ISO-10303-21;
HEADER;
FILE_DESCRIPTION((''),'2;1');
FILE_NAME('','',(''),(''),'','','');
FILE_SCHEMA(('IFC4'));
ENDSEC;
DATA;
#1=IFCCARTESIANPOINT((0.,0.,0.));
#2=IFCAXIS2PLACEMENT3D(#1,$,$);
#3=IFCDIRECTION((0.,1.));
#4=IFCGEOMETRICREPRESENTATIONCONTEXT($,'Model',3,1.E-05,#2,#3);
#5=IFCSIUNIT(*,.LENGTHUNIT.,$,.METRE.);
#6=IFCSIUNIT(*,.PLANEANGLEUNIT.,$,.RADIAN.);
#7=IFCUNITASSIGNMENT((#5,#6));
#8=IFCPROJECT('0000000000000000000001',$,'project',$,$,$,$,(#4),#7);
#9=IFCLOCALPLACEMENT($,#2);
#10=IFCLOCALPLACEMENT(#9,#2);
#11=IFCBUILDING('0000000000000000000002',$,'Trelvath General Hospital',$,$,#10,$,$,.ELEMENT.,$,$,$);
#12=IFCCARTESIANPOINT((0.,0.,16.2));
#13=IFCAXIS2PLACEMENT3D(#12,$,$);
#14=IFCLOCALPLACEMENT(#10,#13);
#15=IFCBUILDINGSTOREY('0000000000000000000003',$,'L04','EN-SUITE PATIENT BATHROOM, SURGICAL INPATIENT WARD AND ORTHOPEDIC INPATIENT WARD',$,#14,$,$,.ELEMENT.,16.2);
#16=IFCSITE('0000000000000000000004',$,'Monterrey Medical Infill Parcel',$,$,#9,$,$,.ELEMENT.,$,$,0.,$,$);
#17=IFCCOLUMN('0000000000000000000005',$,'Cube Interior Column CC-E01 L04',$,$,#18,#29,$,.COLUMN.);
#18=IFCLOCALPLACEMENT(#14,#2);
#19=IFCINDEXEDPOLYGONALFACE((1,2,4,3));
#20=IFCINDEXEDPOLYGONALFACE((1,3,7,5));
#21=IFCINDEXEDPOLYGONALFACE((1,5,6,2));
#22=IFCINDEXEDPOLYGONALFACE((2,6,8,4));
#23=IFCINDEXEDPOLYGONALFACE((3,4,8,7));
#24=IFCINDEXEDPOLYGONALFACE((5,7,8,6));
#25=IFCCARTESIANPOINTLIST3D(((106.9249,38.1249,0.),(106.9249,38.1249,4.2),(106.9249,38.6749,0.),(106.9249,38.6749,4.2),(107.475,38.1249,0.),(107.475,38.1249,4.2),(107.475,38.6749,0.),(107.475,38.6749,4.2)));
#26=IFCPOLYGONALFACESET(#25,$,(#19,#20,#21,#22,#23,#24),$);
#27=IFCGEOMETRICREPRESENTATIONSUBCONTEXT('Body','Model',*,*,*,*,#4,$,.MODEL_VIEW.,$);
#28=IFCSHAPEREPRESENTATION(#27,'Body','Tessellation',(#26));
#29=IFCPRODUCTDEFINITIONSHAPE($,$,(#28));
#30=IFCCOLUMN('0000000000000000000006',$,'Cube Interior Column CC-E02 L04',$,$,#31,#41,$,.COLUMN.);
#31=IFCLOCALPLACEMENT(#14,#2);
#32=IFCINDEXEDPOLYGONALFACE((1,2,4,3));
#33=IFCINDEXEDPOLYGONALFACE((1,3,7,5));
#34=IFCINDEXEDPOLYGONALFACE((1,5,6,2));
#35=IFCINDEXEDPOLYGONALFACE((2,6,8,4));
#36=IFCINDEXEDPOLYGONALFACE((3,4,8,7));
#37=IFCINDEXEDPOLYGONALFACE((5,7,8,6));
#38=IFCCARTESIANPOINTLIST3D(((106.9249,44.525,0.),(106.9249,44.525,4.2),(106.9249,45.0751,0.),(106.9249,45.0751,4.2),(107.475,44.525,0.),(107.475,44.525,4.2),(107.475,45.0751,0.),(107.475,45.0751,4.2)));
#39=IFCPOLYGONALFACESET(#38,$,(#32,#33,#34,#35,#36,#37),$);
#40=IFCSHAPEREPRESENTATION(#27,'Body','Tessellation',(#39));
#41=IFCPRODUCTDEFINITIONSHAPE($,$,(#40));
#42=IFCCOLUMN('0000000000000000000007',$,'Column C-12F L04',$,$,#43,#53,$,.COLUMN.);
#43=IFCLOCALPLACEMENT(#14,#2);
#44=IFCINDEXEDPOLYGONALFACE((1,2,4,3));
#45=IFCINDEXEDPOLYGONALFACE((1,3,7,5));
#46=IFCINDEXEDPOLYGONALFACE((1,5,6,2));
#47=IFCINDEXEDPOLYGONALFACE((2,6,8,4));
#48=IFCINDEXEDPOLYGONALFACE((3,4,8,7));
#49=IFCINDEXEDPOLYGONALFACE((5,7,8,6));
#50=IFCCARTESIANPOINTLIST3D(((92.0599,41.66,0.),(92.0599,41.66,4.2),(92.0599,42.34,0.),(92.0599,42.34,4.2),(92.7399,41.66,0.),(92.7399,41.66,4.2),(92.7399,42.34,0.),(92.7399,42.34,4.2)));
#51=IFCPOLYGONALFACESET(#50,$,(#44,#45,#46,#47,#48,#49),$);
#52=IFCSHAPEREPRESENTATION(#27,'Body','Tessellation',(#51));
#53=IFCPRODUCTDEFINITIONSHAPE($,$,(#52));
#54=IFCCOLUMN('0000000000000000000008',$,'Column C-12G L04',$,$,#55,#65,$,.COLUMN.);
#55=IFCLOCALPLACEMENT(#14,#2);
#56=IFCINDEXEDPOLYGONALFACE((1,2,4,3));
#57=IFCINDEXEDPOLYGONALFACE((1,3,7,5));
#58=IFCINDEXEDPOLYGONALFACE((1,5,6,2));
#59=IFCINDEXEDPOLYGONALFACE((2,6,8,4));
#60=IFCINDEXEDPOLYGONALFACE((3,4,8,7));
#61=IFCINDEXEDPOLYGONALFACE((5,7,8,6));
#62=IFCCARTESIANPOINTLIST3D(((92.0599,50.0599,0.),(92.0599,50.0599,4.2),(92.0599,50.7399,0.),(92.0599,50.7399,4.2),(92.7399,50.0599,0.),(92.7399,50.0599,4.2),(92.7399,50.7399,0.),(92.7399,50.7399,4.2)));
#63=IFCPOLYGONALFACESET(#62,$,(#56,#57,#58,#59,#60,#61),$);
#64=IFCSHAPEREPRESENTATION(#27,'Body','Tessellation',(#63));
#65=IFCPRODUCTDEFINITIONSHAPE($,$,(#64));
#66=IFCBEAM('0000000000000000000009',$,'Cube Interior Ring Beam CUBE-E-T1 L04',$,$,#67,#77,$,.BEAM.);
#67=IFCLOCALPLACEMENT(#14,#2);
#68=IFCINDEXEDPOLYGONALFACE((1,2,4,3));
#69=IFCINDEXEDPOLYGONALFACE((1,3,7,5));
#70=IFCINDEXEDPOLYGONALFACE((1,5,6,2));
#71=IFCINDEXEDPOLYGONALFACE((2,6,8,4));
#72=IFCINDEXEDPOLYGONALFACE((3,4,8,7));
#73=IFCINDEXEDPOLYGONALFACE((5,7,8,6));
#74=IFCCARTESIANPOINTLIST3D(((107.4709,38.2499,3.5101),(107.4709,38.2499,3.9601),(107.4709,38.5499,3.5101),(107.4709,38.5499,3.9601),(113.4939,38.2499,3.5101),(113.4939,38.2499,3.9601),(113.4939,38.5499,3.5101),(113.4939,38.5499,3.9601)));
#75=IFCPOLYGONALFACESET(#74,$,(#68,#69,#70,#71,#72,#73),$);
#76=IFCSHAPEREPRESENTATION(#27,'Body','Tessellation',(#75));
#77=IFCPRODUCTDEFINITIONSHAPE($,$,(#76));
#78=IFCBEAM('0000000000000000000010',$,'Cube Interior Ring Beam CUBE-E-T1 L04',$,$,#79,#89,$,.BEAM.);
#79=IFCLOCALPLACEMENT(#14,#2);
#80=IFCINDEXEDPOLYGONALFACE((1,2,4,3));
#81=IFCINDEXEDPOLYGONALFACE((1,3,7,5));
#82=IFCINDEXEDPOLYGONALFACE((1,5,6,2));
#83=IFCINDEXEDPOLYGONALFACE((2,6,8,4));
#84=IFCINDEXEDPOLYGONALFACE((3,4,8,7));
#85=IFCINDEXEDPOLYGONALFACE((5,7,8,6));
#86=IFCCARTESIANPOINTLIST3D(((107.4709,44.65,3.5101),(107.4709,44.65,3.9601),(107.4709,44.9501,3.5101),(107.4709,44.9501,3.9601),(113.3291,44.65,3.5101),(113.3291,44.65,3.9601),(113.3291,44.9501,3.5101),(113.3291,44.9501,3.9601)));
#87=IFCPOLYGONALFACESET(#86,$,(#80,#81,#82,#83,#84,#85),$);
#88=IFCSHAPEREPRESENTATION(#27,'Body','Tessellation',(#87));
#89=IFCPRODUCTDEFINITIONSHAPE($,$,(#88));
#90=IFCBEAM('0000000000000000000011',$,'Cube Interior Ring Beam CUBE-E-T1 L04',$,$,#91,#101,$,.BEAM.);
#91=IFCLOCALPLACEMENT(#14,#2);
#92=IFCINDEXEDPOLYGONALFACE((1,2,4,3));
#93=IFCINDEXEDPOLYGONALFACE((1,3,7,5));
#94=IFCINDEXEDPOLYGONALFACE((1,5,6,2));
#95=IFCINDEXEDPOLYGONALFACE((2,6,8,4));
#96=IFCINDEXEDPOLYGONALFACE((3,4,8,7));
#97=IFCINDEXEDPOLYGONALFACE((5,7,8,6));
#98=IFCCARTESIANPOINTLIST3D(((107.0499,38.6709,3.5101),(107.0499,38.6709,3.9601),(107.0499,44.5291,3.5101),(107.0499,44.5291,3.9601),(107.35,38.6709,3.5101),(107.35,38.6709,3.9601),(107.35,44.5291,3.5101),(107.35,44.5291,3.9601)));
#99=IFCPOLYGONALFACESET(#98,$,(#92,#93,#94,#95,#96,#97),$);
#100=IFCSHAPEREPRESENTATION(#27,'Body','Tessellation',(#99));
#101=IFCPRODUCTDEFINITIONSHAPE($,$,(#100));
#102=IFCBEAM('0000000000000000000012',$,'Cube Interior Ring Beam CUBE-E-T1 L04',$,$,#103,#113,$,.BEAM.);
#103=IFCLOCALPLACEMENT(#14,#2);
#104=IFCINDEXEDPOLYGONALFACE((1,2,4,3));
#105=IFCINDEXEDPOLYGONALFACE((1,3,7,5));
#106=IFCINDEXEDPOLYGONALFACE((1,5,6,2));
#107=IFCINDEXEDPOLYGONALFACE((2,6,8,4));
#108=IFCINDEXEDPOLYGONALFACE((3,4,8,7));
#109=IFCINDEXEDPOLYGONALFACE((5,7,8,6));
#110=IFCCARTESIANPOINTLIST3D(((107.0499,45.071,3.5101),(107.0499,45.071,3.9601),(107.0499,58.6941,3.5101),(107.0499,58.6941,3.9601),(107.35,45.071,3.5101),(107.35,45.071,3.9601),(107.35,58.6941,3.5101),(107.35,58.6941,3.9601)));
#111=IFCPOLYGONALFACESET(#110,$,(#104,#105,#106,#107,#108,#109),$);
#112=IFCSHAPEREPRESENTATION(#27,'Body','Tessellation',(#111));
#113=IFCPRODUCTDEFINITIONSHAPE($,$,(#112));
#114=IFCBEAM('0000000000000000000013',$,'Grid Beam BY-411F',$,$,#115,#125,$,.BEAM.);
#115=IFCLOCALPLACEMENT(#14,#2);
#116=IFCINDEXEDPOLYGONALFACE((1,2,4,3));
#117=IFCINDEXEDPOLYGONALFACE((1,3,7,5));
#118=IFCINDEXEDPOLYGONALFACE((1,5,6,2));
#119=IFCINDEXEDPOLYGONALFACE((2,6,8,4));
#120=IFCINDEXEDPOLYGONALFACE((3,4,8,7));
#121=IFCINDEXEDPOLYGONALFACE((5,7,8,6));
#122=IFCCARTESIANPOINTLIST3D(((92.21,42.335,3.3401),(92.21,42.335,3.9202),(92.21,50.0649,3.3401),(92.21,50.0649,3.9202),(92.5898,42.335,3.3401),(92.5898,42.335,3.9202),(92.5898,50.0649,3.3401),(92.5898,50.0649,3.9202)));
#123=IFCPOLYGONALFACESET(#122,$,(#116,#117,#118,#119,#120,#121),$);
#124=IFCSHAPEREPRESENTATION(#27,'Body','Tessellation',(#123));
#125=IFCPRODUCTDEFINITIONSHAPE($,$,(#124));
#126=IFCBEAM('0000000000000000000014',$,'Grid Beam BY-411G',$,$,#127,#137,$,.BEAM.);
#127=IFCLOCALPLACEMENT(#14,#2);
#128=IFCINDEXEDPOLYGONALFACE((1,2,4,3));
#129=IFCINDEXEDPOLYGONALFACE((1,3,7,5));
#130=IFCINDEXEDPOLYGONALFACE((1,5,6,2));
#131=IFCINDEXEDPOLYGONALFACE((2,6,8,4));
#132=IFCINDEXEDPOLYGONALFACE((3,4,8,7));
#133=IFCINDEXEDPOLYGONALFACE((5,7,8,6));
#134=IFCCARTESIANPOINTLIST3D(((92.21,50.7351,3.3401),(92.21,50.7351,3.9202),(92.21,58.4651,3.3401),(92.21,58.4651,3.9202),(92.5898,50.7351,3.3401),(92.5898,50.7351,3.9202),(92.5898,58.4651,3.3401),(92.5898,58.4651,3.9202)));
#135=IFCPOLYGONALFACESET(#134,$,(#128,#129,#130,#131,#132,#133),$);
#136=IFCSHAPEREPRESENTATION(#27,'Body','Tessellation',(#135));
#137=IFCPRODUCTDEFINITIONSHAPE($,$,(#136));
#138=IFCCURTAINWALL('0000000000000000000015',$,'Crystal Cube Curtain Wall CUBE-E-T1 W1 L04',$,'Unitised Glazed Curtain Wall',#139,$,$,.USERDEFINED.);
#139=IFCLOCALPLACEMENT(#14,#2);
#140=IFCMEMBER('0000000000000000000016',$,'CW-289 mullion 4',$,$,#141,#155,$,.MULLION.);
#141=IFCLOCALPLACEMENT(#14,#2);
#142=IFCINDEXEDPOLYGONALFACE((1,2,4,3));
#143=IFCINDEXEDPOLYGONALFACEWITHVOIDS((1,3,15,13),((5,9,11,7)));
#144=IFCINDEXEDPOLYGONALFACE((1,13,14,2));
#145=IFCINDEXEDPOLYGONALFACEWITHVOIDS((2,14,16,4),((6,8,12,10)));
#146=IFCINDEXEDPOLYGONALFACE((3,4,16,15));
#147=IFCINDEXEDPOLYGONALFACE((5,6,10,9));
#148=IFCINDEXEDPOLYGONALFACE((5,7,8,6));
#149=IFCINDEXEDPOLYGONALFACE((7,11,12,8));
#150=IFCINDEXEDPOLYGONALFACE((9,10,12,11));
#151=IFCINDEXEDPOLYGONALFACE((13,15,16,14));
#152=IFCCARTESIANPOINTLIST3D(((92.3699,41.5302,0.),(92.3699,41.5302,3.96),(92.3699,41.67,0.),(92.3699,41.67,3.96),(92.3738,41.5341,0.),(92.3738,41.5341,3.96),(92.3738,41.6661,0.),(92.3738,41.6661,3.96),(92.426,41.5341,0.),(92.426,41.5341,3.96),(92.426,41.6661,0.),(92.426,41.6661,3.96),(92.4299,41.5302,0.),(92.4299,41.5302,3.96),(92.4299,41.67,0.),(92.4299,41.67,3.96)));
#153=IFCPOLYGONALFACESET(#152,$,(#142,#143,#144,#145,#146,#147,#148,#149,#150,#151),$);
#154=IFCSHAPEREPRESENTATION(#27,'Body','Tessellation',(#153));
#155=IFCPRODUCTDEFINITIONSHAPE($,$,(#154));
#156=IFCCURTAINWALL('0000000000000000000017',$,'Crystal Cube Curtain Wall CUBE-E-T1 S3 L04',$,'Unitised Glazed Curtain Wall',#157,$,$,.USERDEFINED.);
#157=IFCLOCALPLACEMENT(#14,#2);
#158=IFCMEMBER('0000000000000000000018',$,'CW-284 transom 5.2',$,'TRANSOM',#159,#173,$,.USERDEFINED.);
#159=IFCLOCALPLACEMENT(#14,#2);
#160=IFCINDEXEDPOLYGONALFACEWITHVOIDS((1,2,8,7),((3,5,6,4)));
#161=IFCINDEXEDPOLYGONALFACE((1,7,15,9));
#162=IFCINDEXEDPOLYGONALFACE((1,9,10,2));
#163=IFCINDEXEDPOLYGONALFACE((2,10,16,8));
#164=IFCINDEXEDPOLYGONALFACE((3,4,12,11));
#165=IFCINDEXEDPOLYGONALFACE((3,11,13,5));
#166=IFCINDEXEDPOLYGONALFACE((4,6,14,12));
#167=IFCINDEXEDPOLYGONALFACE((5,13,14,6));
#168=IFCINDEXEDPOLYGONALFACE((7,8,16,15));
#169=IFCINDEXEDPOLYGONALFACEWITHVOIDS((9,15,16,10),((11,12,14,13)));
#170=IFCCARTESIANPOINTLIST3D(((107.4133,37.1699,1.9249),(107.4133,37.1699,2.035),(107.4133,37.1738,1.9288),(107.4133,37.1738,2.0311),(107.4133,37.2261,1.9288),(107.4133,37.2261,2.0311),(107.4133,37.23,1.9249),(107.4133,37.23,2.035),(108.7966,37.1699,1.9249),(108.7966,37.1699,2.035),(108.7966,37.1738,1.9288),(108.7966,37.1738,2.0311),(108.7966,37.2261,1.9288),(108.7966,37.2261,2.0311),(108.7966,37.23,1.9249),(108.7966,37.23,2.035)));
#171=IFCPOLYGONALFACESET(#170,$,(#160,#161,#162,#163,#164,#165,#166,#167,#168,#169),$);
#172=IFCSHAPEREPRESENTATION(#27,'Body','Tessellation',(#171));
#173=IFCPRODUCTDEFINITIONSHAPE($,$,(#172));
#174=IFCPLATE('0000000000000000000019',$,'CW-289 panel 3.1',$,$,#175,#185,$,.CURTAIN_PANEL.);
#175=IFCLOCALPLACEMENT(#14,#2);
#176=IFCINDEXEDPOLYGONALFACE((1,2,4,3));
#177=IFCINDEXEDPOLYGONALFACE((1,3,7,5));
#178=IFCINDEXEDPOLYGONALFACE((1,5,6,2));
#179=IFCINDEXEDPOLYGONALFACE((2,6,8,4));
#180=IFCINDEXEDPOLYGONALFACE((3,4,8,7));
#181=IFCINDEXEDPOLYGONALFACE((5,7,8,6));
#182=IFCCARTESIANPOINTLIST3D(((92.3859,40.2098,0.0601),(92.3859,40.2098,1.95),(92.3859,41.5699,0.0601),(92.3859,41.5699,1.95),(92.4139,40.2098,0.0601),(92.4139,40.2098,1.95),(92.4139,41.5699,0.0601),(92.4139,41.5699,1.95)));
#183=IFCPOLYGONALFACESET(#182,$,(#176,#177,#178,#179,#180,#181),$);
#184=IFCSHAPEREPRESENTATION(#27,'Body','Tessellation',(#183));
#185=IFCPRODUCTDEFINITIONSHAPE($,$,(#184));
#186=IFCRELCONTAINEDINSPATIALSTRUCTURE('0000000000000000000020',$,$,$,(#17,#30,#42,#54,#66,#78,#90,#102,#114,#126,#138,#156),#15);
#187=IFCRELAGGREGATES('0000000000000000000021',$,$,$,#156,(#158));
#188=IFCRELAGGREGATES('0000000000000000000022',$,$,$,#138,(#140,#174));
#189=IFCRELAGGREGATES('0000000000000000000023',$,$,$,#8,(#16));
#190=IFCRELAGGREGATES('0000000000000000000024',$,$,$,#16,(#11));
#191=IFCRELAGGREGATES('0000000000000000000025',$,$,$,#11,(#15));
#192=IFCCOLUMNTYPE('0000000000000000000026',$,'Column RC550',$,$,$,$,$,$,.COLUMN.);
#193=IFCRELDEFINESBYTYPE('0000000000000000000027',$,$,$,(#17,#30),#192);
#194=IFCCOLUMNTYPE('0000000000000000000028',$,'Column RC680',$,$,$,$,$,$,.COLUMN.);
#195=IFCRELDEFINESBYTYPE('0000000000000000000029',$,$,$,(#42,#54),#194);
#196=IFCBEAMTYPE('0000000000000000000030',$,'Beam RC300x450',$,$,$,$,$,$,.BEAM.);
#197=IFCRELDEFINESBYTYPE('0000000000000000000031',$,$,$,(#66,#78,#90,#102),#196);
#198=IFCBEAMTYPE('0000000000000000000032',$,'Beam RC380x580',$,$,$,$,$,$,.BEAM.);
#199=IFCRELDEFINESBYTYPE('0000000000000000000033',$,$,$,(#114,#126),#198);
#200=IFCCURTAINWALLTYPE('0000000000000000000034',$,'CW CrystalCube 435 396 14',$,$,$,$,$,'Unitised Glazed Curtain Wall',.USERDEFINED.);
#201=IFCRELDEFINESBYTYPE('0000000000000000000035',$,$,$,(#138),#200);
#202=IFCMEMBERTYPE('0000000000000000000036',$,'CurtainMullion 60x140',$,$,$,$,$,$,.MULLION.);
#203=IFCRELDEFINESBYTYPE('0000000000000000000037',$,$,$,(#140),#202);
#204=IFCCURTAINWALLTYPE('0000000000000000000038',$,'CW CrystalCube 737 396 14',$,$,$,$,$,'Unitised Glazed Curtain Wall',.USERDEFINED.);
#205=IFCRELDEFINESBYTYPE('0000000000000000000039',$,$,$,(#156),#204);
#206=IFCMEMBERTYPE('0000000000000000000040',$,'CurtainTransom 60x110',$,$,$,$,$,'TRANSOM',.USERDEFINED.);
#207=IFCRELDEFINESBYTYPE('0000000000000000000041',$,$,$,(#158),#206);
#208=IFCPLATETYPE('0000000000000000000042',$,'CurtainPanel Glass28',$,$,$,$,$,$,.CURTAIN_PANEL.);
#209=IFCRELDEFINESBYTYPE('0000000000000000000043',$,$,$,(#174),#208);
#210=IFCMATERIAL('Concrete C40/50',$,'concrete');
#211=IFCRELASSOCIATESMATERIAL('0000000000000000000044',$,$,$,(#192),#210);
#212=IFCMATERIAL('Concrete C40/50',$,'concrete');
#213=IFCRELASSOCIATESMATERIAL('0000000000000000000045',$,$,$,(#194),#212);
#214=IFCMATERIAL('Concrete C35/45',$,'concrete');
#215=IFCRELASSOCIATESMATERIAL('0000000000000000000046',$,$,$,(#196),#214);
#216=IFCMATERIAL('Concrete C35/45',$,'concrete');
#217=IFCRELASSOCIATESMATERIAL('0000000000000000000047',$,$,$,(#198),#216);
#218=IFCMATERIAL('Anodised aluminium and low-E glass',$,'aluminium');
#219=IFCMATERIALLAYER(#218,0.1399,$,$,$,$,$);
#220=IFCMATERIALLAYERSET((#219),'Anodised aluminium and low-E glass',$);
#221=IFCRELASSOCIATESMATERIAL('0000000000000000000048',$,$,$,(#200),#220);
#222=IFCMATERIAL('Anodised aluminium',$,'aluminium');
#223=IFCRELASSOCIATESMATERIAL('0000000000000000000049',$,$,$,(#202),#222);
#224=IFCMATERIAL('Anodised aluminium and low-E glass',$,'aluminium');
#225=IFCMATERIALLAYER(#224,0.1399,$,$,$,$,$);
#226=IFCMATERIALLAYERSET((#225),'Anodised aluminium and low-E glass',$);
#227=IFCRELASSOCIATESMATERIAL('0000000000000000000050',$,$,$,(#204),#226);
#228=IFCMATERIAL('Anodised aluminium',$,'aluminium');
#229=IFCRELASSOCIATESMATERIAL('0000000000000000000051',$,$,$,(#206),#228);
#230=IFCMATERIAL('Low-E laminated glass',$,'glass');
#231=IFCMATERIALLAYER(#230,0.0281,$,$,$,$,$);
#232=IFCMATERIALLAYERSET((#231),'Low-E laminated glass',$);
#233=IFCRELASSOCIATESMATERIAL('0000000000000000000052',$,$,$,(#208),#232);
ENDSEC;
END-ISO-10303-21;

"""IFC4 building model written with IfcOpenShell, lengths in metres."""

from ifc_helpers import new_model, si_unit, direction, frame, origin, origin_2d, place, context, subcontext, project, spatial, rectangle, hollow_rectangle, extrude, material, layer, layer_set, material_profile, profile_set, type_object, element, aggregate, save


model = new_model("IFC4")

# Units and contexts
model_context = context("Model", 3, precision=1e-05, world=origin(), true_north=direction((0.0, 1.0)))
body_context = subcontext(model_context, "Body", "Model", "MODEL_VIEW")
ifc_project = project(units=[si_unit("LENGTHUNIT", "METRE"), si_unit("PLANEANGLEUNIT", "RADIAN")], contexts=[model_context])

# Site, building, storey
site_placement = place(None, origin())
site = spatial("IfcSite", under=ifc_project, at=site_placement, Name="Monterrey Medical Infill Parcel", CompositionType="ELEMENT", RefElevation=0.0)
building_placement = place(site_placement, origin())
building = spatial("IfcBuilding", under=site, at=building_placement, Name="Trelvath General Hospital", CompositionType="ELEMENT")
storey_placement = place(building_placement, frame((0.0, 0.0, 16.2)))
storey = spatial("IfcBuildingStorey", under=building, at=storey_placement, Name="L04", Description="EN-SUITE PATIENT BATHROOM, SURGICAL INPATIENT WARD AND ORTHOPEDIC INPATIENT WARD", CompositionType="ELEMENT", Elevation=16.2)

# Columns
ifc_material_1 = material(Name="Concrete C40/50", Category="concrete")
ifc_material_profile_1 = material_profile(ifc_material_1, rectangle(XDim=0.55, YDim=0.55, at=origin_2d()), Name="RC550x550")
ifc_profile_set_1 = profile_set([ifc_material_profile_1], Name="Concrete C40/50")
column_type_1 = type_object("IfcColumnType", Name="Column RC550", PredefinedType="COLUMN", material=ifc_profile_set_1)
for number, where, z_axis, x_axis, name in (
    (1, (107.2, 38.3999, 0.0), (0.0, 0.0, 1.0), (1.0, 0.0, 0.0), "Cube Interior Column CC-E01 L04"),
    (2, (107.2, 44.8, 0.0), (0.0, 0.0, 1.0), (1.0, 0.0, 0.0), "Cube Interior Column CC-E02 L04"),
):
    element("IfcColumn", number, at=place(storey_placement, frame(where, z_axis=z_axis, x_axis=x_axis)), inside=storey, type_object=column_type_1, Name=name, PredefinedType="COLUMN", context=body_context, shape_type="SweptSolid", body=[
        extrude(rectangle(XDim=0.55, YDim=0.55, at=origin_2d()), origin(), (0.0, 0.0, 1.0), 4.2),
    ])
ifc_material_2 = material(Name="Concrete C40/50", Category="concrete")
ifc_material_profile_2 = material_profile(ifc_material_2, rectangle(XDim=0.6799, YDim=0.6799, at=origin_2d()), Name="RC680x680")
ifc_profile_set_2 = profile_set([ifc_material_profile_2], Name="Concrete C40/50")
column_type_2 = type_object("IfcColumnType", Name="Column RC680", PredefinedType="COLUMN", material=ifc_profile_set_2)
for number, where, z_axis, x_axis, name in (
    (3, (92.3999, 42.0, 0.0), (0.0, 0.0, 1.0), (1.0, 0.0, 0.0), "Column C-12F L04"),
    (4, (92.3999, 50.3999, 0.0), (0.0, 0.0, 1.0), (1.0, 0.0, 0.0), "Column C-12G L04"),
):
    element("IfcColumn", number, at=place(storey_placement, frame(where, z_axis=z_axis, x_axis=x_axis)), inside=storey, type_object=column_type_2, Name=name, PredefinedType="COLUMN", context=body_context, shape_type="SweptSolid", body=[
        extrude(rectangle(XDim=0.6799, YDim=0.6799, at=origin_2d()), origin(), (0.0, 0.0, 1.0), 4.2),
    ])

# Beams
ifc_material_3 = material(Name="Concrete C35/45", Category="concrete")
ifc_material_profile_3 = material_profile(ifc_material_3, rectangle(XDim=0.3, YDim=0.45, at=origin_2d()), Name="RCB300x450")
ifc_profile_set_3 = profile_set([ifc_material_profile_3], Name="Concrete C35/45")
beam_type_1 = type_object("IfcBeamType", Name="Beam RC300x450", PredefinedType="BEAM", material=ifc_profile_set_3)
beam_1_placement = place(storey_placement, frame((107.4709, 38.3999, 3.7351), z_axis=(1.0, 0.0, 0.0), x_axis=(0.0, 1.0, 0.0)))
element("IfcBeam", 5, at=beam_1_placement, inside=storey, type_object=beam_type_1, Name="Cube Interior Ring Beam CUBE-E-T1 L04", PredefinedType="BEAM", context=body_context, shape_type="SweptSolid", body=[
    extrude(rectangle(XDim=0.3, YDim=0.45, at=origin_2d()), origin(), (0.0, 0.0, 1.0), 6.0229),
])
for number, where, z_axis, x_axis, name in (
    (6, (107.4709, 44.8, 3.7351), (1.0, 0.0, 0.0), (0.0, 1.0, 0.0), "Cube Interior Ring Beam CUBE-E-T1 L04"),
    (7, (107.2, 38.6709, 3.7351), (0.0, 1.0, 0.0), (-1.0, 0.0, 0.0), "Cube Interior Ring Beam CUBE-E-T1 L04"),
):
    element("IfcBeam", number, at=place(storey_placement, frame(where, z_axis=z_axis, x_axis=x_axis)), inside=storey, type_object=beam_type_1, Name=name, PredefinedType="BEAM", context=body_context, shape_type="SweptSolid", body=[
        extrude(rectangle(XDim=0.3, YDim=0.45, at=origin_2d()), origin(), (0.0, 0.0, 1.0), 5.8582),
    ])
beam_2_placement = place(storey_placement, frame((107.2, 45.071, 3.7351), z_axis=(0.0, 1.0, 0.0), x_axis=(-1.0, 0.0, 0.0)))
element("IfcBeam", 8, at=beam_2_placement, inside=storey, type_object=beam_type_1, Name="Cube Interior Ring Beam CUBE-E-T1 L04", PredefinedType="BEAM", context=body_context, shape_type="SweptSolid", body=[
    extrude(rectangle(XDim=0.3, YDim=0.45, at=origin_2d()), origin(), (0.0, 0.0, 1.0), 13.623),
])
ifc_material_4 = material(Name="Concrete C35/45", Category="concrete")
ifc_material_profile_4 = material_profile(ifc_material_4, rectangle(XDim=0.3799, YDim=0.5801, at=origin_2d()), Name="RCB380x580")
ifc_profile_set_4 = profile_set([ifc_material_profile_4], Name="Concrete C35/45")
beam_type_2 = type_object("IfcBeamType", Name="Beam RC380x580", PredefinedType="BEAM", material=ifc_profile_set_4)
for number, where, z_axis, x_axis, name in (
    (9, (92.3999, 42.335, 3.6301), (0.0, 1.0, 0.0), (-1.0, 0.0, 0.0), "Grid Beam BY-411F"),
    (10, (92.3999, 50.7351, 3.6301), (0.0, 1.0, 0.0), (-1.0, 0.0, 0.0), "Grid Beam BY-411G"),
):
    element("IfcBeam", number, at=place(storey_placement, frame(where, z_axis=z_axis, x_axis=x_axis)), inside=storey, type_object=beam_type_2, Name=name, PredefinedType="BEAM", context=body_context, shape_type="SweptSolid", body=[
        extrude(rectangle(XDim=0.3799, YDim=0.5801, at=origin_2d()), origin(), (0.0, 0.0, 1.0), 7.73),
    ])

# Curtain walls, members
ifc_material_5 = material(Name="Anodised aluminium and low-E glass", Category="aluminium")
ifc_layer_1 = layer(ifc_material_5, 0.1399)
ifc_layer_set_1 = layer_set([ifc_layer_1], Name="Anodised aluminium and low-E glass")
curtain_wall_type_1 = type_object("IfcCurtainWallType", Name="CW CrystalCube 435 396 14", ElementType="Unitised Glazed Curtain Wall", PredefinedType="USERDEFINED", material=ifc_layer_set_1)
curtain_wall_1_placement = place(storey_placement, origin())
curtain_wall_1 = element("IfcCurtainWall", 11, at=curtain_wall_1_placement, inside=storey, type_object=curtain_wall_type_1, Name="Crystal Cube Curtain Wall CUBE-E-T1 W1 L04", ObjectType="Unitised Glazed Curtain Wall", PredefinedType="USERDEFINED")
ifc_material_6 = material(Name="Anodised aluminium", Category="aluminium")
ifc_material_profile_5 = material_profile(ifc_material_6, hollow_rectangle(XDim=0.0601, YDim=0.1399, WallThickness=0.0039, at=origin_2d()), Name="RHS60x140x4")
ifc_profile_set_5 = profile_set([ifc_material_profile_5], Name="Anodised aluminium")
member_type_1 = type_object("IfcMemberType", Name="CurtainMullion 60x140", PredefinedType="MULLION", material=ifc_profile_set_5)
member_1_placement = place(storey_placement, frame((92.3999, 41.6001, 0.0), z_axis=(0.0, 0.0, 1.0), x_axis=(-1.0, 0.0, 0.0)))
member_1 = element("IfcMember", 12, at=member_1_placement, type_object=member_type_1, Name="CW-289 mullion 4", PredefinedType="MULLION", context=body_context, shape_type="SweptSolid", body=[
    extrude(hollow_rectangle(XDim=0.0601, YDim=0.1399, WallThickness=0.0039, at=origin_2d()), origin(), (0.0, 0.0, 1.0), 3.96),
])
ifc_material_7 = material(Name="Anodised aluminium and low-E glass", Category="aluminium")
ifc_layer_2 = layer(ifc_material_7, 0.1399)
ifc_layer_set_2 = layer_set([ifc_layer_2], Name="Anodised aluminium and low-E glass")
curtain_wall_type_2 = type_object("IfcCurtainWallType", Name="CW CrystalCube 737 396 14", ElementType="Unitised Glazed Curtain Wall", PredefinedType="USERDEFINED", material=ifc_layer_set_2)
curtain_wall_2_placement = place(storey_placement, origin())
curtain_wall_2 = element("IfcCurtainWall", 13, at=curtain_wall_2_placement, inside=storey, type_object=curtain_wall_type_2, Name="Crystal Cube Curtain Wall CUBE-E-T1 S3 L04", ObjectType="Unitised Glazed Curtain Wall", PredefinedType="USERDEFINED")
ifc_material_8 = material(Name="Anodised aluminium", Category="aluminium")
ifc_material_profile_6 = material_profile(ifc_material_8, hollow_rectangle(XDim=0.0601, YDim=0.1101, WallThickness=0.0039, at=origin_2d()), Name="RHS60x110x4")
ifc_profile_set_6 = profile_set([ifc_material_profile_6], Name="Anodised aluminium")
member_type_2 = type_object("IfcMemberType", Name="CurtainTransom 60x110", ElementType="TRANSOM", PredefinedType="USERDEFINED", material=ifc_profile_set_6)
member_2_placement = place(storey_placement, frame((108.7966, 37.2, 1.98), z_axis=(-1.0, 0.0, 0.0), x_axis=(0.0, -1.0, 0.0)))
member_2 = element("IfcMember", 14, at=member_2_placement, type_object=member_type_2, Name="CW-284 transom 5.2", ObjectType="TRANSOM", PredefinedType="USERDEFINED", context=body_context, shape_type="SweptSolid", body=[
    extrude(hollow_rectangle(XDim=0.0601, YDim=0.1101, WallThickness=0.0039, at=origin_2d()), origin(), (0.0, 0.0, 1.0), 1.3833),
])
aggregate(curtain_wall_2, [member_2])

# Plate
ifc_material_9 = material(Name="Low-E laminated glass", Category="glass")
ifc_layer_3 = layer(ifc_material_9, 0.0281)
ifc_layer_set_3 = layer_set([ifc_layer_3], Name="Low-E laminated glass")
plate_type = type_object("IfcPlateType", Name="CurtainPanel Glass28", PredefinedType="CURTAIN_PANEL", material=ifc_layer_set_3)
plate_1_placement = place(storey_placement, frame((92.3999, 40.8899, 0.0601), z_axis=(0.0, 0.0, 1.0), x_axis=(0.0, 1.0, 0.0)))
plate_1 = element("IfcPlate", 15, at=plate_1_placement, type_object=plate_type, Name="CW-289 panel 3.1", PredefinedType="CURTAIN_PANEL", context=body_context, shape_type="SweptSolid", body=[
    extrude(rectangle(XDim=1.3601, YDim=0.0281, at=origin_2d()), origin(), (0.0, 0.0, 1.0), 1.8899),
])
aggregate(curtain_wall_1, [member_1, plate_1])

save(model, "model.ifc")
